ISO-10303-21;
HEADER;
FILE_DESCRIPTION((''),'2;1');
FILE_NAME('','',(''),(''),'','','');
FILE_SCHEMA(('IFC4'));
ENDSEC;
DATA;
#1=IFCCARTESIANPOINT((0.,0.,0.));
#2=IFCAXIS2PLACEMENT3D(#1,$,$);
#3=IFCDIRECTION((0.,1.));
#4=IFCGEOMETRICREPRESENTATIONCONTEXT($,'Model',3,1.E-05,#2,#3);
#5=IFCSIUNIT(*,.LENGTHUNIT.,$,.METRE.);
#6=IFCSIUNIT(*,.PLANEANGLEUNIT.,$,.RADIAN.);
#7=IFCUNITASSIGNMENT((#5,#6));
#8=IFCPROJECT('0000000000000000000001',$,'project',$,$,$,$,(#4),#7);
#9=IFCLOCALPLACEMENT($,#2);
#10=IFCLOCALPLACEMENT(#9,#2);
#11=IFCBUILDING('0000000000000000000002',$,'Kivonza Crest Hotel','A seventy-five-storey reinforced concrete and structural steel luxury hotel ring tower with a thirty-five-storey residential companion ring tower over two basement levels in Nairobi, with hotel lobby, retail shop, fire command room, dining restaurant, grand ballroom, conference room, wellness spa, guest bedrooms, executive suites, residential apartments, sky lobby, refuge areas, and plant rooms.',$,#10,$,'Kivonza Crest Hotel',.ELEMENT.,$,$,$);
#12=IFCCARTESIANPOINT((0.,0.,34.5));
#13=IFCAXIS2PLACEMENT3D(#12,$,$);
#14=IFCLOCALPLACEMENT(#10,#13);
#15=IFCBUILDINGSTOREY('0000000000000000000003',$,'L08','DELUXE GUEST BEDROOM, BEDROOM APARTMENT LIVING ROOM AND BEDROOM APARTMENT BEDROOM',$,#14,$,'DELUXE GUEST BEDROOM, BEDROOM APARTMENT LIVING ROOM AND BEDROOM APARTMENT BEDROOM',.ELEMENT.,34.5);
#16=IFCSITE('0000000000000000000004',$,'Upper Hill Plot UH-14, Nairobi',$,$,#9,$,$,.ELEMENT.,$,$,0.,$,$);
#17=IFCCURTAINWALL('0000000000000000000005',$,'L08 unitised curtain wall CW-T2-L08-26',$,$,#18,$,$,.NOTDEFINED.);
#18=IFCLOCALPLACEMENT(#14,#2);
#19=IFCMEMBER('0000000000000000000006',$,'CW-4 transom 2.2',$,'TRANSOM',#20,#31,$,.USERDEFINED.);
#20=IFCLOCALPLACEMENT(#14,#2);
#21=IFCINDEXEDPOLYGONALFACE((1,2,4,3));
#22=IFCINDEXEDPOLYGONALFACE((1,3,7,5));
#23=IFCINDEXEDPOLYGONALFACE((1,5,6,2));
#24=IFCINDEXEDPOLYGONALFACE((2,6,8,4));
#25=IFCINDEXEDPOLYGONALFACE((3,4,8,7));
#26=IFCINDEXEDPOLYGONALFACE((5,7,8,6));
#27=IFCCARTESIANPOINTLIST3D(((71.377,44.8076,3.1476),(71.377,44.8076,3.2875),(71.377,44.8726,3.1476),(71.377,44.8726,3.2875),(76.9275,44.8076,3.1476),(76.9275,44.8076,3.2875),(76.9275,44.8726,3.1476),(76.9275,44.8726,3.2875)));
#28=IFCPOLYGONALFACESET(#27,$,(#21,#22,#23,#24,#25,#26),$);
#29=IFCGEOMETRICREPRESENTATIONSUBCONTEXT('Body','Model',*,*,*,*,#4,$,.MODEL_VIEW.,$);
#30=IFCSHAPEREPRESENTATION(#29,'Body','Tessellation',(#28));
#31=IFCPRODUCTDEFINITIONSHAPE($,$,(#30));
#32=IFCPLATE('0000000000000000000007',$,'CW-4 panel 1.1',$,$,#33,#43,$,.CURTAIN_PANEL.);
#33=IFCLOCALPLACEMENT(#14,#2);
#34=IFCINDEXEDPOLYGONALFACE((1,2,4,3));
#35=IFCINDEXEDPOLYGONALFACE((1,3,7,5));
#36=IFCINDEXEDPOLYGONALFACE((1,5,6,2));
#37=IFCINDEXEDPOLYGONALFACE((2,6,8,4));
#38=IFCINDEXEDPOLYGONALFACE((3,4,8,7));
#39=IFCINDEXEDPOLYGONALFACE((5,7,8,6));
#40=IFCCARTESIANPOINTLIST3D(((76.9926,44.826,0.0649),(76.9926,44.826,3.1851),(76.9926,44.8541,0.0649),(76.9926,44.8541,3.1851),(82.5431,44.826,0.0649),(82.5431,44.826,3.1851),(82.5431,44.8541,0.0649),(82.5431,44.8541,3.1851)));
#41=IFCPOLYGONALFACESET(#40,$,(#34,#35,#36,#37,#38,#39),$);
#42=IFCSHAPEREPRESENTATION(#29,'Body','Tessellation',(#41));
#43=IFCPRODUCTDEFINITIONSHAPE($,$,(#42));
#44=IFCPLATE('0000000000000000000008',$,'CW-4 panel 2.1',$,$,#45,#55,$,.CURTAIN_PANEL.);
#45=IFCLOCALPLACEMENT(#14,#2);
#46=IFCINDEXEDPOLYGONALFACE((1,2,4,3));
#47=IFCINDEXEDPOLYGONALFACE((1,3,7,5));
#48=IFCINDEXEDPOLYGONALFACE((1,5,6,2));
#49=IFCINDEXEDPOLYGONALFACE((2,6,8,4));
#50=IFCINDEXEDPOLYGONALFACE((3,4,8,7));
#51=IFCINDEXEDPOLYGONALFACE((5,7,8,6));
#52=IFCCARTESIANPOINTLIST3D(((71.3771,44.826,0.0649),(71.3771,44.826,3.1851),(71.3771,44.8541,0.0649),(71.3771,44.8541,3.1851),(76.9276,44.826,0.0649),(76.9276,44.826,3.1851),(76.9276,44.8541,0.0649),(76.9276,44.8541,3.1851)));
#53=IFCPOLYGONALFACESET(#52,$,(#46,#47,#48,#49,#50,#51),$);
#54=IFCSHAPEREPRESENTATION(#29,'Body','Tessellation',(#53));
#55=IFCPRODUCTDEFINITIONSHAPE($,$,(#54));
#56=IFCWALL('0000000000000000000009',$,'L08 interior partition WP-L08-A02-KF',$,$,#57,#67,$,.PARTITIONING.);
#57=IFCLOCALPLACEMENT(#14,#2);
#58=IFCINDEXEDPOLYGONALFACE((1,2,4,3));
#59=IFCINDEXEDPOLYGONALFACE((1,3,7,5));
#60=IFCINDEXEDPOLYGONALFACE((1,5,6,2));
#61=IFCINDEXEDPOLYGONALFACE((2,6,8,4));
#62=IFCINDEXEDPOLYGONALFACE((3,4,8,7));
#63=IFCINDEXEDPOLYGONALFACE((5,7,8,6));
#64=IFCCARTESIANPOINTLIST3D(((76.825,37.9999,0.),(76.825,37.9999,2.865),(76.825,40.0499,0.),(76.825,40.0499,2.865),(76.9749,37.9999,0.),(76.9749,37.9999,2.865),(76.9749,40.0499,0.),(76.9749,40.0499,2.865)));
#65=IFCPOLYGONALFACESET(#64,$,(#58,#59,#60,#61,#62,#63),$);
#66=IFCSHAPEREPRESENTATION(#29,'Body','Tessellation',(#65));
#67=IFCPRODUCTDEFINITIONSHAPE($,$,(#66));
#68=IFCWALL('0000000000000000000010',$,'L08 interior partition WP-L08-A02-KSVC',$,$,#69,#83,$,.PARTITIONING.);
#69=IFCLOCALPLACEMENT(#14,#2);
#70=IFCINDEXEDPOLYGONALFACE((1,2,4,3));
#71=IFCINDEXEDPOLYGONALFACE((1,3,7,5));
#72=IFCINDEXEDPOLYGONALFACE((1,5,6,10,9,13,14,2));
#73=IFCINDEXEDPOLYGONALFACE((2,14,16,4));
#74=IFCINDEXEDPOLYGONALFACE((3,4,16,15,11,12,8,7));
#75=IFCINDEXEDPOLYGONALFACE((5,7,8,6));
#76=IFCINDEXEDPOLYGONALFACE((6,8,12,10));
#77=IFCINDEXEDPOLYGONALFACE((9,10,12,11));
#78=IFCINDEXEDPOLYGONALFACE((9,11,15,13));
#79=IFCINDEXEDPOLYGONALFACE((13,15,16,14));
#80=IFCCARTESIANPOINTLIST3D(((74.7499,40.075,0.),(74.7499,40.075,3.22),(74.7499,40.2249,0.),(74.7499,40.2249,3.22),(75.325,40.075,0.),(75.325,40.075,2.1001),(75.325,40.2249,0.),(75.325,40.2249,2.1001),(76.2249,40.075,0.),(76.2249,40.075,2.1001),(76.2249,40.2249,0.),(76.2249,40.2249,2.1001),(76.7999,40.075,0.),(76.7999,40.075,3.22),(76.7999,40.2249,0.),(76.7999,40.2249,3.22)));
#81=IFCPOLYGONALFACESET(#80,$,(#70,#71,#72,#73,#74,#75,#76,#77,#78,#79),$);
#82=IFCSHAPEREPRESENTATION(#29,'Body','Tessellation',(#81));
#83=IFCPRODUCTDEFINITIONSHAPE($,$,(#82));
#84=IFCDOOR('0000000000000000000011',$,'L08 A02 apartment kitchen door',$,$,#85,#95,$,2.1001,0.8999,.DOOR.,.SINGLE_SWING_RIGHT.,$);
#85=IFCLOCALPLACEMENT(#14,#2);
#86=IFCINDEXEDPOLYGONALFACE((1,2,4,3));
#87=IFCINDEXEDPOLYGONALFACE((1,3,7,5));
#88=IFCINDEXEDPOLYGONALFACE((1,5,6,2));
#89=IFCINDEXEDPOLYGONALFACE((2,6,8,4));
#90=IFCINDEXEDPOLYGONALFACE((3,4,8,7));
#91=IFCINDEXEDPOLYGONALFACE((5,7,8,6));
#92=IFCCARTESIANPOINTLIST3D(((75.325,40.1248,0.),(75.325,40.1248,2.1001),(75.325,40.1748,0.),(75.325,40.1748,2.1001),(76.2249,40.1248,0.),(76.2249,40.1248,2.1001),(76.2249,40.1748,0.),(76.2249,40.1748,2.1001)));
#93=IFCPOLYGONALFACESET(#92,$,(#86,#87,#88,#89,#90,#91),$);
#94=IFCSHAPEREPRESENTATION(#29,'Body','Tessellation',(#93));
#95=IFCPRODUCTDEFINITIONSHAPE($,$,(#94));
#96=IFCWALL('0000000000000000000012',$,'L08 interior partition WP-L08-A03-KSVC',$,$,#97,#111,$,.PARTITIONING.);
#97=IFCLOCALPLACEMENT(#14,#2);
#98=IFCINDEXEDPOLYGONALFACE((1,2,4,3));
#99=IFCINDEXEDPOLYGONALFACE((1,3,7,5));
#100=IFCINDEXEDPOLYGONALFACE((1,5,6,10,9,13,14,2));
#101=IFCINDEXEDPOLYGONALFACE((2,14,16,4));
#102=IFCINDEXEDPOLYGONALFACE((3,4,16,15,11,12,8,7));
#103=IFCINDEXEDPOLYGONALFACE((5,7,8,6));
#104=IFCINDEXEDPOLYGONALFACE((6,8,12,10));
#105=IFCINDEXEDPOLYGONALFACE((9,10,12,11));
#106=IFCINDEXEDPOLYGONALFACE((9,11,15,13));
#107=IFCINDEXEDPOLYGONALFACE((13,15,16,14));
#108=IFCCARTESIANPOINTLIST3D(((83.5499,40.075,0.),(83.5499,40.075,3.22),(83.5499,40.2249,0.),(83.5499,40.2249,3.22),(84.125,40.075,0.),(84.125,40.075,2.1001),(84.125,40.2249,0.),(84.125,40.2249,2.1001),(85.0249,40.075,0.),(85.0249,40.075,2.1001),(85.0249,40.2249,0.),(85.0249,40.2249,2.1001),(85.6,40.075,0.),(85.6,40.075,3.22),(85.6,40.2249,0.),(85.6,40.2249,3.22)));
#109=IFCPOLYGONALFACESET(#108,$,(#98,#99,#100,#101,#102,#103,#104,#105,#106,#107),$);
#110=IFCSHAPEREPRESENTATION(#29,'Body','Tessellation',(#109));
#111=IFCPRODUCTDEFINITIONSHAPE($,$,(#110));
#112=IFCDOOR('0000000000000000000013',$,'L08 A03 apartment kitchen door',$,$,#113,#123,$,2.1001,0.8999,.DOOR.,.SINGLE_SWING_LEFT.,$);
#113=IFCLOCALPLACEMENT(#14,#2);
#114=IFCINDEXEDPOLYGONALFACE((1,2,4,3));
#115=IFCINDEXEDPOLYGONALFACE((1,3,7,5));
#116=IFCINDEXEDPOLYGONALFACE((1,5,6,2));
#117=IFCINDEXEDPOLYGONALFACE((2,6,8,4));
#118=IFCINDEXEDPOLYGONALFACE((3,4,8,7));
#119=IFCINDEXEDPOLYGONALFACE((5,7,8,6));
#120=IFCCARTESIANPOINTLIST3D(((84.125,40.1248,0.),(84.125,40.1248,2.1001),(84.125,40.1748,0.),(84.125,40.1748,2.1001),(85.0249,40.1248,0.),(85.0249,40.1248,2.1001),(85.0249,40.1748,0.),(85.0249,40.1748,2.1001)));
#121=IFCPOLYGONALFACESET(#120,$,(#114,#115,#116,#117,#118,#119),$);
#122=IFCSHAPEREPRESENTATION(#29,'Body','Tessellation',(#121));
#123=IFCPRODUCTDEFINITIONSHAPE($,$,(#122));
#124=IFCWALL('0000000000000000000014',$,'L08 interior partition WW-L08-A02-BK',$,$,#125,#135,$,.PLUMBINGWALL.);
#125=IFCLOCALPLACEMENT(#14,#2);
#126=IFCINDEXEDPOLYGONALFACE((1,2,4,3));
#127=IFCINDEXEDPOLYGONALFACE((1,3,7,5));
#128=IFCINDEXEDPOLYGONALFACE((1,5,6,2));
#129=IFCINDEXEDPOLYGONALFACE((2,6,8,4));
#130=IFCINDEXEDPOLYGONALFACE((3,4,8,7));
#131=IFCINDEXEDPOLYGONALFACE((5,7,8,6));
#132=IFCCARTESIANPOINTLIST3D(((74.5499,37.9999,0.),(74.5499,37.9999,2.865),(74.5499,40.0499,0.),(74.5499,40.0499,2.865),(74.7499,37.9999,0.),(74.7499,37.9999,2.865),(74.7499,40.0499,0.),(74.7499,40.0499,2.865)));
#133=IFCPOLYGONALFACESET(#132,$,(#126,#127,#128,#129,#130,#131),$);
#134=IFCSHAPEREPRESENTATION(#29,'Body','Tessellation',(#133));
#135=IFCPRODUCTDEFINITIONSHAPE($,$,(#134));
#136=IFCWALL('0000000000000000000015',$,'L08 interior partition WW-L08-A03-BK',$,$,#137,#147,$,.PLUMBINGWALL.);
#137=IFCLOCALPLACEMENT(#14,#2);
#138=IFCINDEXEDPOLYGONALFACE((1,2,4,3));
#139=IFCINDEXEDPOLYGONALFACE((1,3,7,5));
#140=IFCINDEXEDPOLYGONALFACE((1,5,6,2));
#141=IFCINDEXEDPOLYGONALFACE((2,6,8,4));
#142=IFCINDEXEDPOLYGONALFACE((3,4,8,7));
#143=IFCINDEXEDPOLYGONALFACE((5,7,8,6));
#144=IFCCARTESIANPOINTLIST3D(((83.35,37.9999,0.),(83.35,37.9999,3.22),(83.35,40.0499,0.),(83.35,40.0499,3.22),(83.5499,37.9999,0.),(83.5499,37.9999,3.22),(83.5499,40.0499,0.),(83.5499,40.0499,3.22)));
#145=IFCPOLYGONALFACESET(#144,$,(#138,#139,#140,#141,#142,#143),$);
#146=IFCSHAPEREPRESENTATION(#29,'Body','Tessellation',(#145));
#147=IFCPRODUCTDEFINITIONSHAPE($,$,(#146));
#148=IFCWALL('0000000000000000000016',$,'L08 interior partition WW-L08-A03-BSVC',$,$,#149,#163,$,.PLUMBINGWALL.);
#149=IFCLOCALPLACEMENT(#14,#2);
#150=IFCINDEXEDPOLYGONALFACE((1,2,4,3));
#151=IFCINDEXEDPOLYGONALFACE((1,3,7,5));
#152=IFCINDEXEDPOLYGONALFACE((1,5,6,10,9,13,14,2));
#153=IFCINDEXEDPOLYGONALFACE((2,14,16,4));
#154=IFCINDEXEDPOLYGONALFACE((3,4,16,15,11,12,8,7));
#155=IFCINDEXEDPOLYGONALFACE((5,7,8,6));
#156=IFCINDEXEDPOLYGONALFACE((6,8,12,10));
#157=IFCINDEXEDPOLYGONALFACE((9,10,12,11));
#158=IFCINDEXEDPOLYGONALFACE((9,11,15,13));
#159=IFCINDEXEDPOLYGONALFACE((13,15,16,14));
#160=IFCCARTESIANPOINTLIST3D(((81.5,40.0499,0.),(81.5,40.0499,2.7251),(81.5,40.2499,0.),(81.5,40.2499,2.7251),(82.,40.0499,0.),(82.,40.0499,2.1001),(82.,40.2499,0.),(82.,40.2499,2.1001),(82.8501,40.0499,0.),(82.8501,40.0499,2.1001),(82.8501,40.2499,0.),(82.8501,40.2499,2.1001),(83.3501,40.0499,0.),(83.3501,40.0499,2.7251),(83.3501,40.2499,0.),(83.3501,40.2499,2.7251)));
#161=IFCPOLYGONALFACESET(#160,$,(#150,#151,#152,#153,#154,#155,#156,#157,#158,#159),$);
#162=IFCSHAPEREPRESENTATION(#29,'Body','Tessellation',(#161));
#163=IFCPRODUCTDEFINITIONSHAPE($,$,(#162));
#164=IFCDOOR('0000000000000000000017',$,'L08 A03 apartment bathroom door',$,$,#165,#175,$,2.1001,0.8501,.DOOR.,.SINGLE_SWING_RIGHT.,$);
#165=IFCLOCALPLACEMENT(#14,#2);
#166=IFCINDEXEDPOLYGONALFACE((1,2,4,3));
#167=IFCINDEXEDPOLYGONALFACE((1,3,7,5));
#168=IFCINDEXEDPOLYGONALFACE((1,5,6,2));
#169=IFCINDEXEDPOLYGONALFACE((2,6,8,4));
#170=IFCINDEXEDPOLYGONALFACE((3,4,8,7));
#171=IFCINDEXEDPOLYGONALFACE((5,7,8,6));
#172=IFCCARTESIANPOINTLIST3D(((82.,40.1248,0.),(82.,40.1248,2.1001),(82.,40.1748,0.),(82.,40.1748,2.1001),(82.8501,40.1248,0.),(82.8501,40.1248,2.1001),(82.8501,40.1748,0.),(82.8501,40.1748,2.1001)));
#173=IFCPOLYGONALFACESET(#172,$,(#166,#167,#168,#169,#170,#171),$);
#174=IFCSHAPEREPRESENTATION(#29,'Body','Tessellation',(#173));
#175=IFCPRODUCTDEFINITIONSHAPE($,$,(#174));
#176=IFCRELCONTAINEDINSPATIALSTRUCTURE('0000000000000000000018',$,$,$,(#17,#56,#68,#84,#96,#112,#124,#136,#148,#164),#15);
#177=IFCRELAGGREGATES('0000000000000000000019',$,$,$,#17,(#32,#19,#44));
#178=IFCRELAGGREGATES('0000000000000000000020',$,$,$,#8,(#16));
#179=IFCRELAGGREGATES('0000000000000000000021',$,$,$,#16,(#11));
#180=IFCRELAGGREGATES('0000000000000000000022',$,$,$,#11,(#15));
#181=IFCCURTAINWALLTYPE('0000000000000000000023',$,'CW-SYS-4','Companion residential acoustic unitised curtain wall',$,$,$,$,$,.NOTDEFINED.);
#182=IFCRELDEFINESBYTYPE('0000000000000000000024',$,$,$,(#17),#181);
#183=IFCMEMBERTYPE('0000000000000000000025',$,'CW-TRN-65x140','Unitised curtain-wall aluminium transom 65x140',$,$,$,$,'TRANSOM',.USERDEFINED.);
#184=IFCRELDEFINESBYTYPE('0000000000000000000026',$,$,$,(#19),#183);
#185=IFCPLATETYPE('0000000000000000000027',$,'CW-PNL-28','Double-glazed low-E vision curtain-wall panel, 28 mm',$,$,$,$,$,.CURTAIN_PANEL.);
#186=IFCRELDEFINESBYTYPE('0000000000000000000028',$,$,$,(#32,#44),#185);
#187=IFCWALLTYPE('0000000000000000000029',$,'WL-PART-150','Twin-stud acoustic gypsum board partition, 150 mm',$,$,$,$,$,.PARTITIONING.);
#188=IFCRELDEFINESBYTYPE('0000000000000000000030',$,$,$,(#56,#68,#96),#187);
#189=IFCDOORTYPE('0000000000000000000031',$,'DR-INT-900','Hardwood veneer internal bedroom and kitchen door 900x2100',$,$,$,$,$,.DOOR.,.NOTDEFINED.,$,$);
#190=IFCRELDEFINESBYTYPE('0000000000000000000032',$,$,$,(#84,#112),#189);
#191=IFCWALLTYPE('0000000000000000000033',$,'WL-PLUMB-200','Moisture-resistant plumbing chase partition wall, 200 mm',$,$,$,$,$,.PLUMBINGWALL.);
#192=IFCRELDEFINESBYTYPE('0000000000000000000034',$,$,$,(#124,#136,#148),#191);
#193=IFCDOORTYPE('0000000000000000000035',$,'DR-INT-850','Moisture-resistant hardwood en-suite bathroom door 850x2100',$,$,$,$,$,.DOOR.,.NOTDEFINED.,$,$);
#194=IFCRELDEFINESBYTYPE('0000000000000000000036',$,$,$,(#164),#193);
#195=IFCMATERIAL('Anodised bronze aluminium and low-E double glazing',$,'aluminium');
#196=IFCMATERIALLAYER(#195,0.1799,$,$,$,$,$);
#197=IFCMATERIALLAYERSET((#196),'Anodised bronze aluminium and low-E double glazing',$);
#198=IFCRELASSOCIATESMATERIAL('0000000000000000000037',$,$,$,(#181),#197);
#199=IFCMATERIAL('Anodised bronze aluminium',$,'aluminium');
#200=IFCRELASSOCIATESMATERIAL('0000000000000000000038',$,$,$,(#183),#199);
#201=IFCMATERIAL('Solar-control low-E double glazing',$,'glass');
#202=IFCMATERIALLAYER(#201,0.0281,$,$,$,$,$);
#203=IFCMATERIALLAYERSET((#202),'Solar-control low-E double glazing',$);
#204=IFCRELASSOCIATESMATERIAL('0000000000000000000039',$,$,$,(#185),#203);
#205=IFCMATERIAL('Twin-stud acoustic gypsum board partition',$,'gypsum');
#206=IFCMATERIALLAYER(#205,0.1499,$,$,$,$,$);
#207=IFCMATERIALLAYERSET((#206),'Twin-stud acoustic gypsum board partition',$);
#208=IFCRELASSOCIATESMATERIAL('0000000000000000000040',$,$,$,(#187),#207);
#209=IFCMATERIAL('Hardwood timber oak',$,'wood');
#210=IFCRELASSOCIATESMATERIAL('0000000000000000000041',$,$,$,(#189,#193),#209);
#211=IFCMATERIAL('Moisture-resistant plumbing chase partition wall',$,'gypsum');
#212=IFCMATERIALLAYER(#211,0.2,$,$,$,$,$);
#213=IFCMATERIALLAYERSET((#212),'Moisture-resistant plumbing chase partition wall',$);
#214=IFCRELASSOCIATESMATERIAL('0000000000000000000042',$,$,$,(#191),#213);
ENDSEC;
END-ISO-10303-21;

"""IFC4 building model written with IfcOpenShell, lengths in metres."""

from ifc_helpers import new_model, si_unit, direction, frame, frame_2d, origin, origin_2d, place, context, subcontext, project, spatial, rectangle, extrude, material, layer, layer_set, material_profile, profile_set, type_object, element, fill, aggregate, save


model = new_model("IFC4")

# Units and contexts
model_context = context("Model", 3, precision=1e-05, world=origin(), true_north=direction((0.0, 1.0)))
body_context = subcontext(model_context, "Body", "Model", "MODEL_VIEW")
ifc_project = project(units=[si_unit("LENGTHUNIT", "METRE"), si_unit("PLANEANGLEUNIT", "RADIAN")], contexts=[model_context])

# Site, building, storey
site_placement = place(None, origin())
site = spatial("IfcSite", under=ifc_project, at=site_placement, Name="Upper Hill Plot UH-14, Nairobi", CompositionType="ELEMENT", RefElevation=0.0)
building_placement = place(site_placement, origin())
building = spatial("IfcBuilding", under=site, at=building_placement, Name="Kivonza Crest Hotel", Description="A seventy-five-storey reinforced concrete and structural steel luxury hotel ring tower with a thirty-five-storey residential companion ring tower over two basement levels in Nairobi, with hotel lobby, retail shop, fire command room, dining restaurant, grand ballroom, conference room, wellness spa, guest bedrooms, executive suites, residential apartments, sky lobby, refuge areas, and plant rooms.", LongName="Kivonza Crest Hotel", CompositionType="ELEMENT")
storey_placement = place(building_placement, frame((0.0, 0.0, 34.5)))
storey = spatial("IfcBuildingStorey", under=building, at=storey_placement, Name="L08", Description="DELUXE GUEST BEDROOM, BEDROOM APARTMENT LIVING ROOM AND BEDROOM APARTMENT BEDROOM", LongName="DELUXE GUEST BEDROOM, BEDROOM APARTMENT LIVING ROOM AND BEDROOM APARTMENT BEDROOM", CompositionType="ELEMENT", Elevation=34.5)

# Curtain wall, member, plates
ifc_material_1 = material(Name="Anodised bronze aluminium and low-E double glazing", Category="aluminium")
ifc_layer_1 = layer(ifc_material_1, 0.1799)
ifc_layer_set_1 = layer_set([ifc_layer_1], Name="Anodised bronze aluminium and low-E double glazing")
curtain_wall_type = type_object("IfcCurtainWallType", Name="CW-SYS-4", Description="Companion residential acoustic unitised curtain wall", PredefinedType="NOTDEFINED", material=ifc_layer_set_1)
curtain_wall_placement = place(storey_placement, origin())
curtain_wall = element("IfcCurtainWall", 1, at=curtain_wall_placement, inside=storey, type_object=curtain_wall_type, Name="L08 unitised curtain wall CW-T2-L08-26", PredefinedType="NOTDEFINED")
ifc_material_2 = material(Name="Anodised bronze aluminium", Category="aluminium")
ifc_material_profile_1 = material_profile(ifc_material_2, rectangle(XDim=0.0649, YDim=0.1399, at=origin_2d()), Name="CW-T 65x140")
ifc_profile_set_1 = profile_set([ifc_material_profile_1], Name="Anodised bronze aluminium")
member_type_1 = type_object("IfcMemberType", Name="CW-TRN-65x140", Description="Unitised curtain-wall aluminium transom 65x140", ElementType="TRANSOM", PredefinedType="USERDEFINED", material=ifc_profile_set_1)
member_1_placement = place(storey_placement, frame((76.9275, 44.8401, 3.2175), z_axis=(-1.0, 0.0, 0.0), x_axis=(0.0, -1.0, 0.0)))
member_1 = element("IfcMember", 2, at=member_1_placement, type_object=member_type_1, Name="CW-4 transom 2.2", ObjectType="TRANSOM", PredefinedType="USERDEFINED", context=body_context, shape_type="SweptSolid", body=[
    extrude(rectangle(XDim=0.0649, YDim=0.1399, at=origin_2d()), origin(), (0.0, 0.0, 1.0), 5.5505),
])
ifc_material_3 = material(Name="Solar-control low-E double glazing", Category="glass")
ifc_layer_2 = layer(ifc_material_3, 0.0281)
ifc_layer_set_2 = layer_set([ifc_layer_2], Name="Solar-control low-E double glazing")
plate_type = type_object("IfcPlateType", Name="CW-PNL-28", Description="Double-glazed low-E vision curtain-wall panel, 28 mm", PredefinedType="CURTAIN_PANEL", material=ifc_layer_set_2)
plate_1_placement = place(storey_placement, frame((79.7678, 44.8401, 0.0649), z_axis=(0.0, 0.0, 1.0), x_axis=(-1.0, 0.0, 0.0)))
plate_1 = element("IfcPlate", 3, at=plate_1_placement, type_object=plate_type, Name="CW-4 panel 1.1", PredefinedType="CURTAIN_PANEL", context=body_context, shape_type="SweptSolid", body=[
    extrude(rectangle(XDim=5.5505, YDim=0.0281, at=origin_2d()), origin(), (0.0, 0.0, 1.0), 3.1201),
])
plate_2_placement = place(storey_placement, frame((74.1523, 44.8401, 0.0649), z_axis=(0.0, 0.0, 1.0), x_axis=(-1.0, 0.0, 0.0)))
plate_2 = element("IfcPlate", 4, at=plate_2_placement, type_object=plate_type, Name="CW-4 panel 2.1", PredefinedType="CURTAIN_PANEL", context=body_context, shape_type="SweptSolid", body=[
    extrude(rectangle(XDim=5.5505, YDim=0.0281, at=origin_2d()), origin(), (0.0, 0.0, 1.0), 3.1201),
])
aggregate(curtain_wall, [plate_1, member_1, plate_2])

# Wall
ifc_material_4 = material(Name="Twin-stud acoustic gypsum board partition", Category="gypsum")
ifc_layer_3 = layer(ifc_material_4, 0.1499)
ifc_layer_set_3 = layer_set([ifc_layer_3], Name="Twin-stud acoustic gypsum board partition")
wall_type_1 = type_object("IfcWallType", Name="WL-PART-150", Description="Twin-stud acoustic gypsum board partition, 150 mm", PredefinedType="PARTITIONING", material=ifc_layer_set_3)
wall_1_placement = place(storey_placement, frame((76.8999, 38.0, 0.0), z_axis=(0.0, 0.0, 1.0), x_axis=(0.0, 1.0, 0.0)))
element("IfcWall", 5, at=wall_1_placement, inside=storey, type_object=wall_type_1, Name="L08 interior partition WP-L08-A02-KF", PredefinedType="PARTITIONING", context=body_context, shape_type="SweptSolid", body=[
    extrude(rectangle(XDim=2.05, YDim=0.1499, at=frame_2d((1.0249, 0.0))), origin(), (0.0, 0.0, 1.0), 2.865),
])

# Walls, openings, doors
wall_2_placement = place(storey_placement, frame((74.75, 40.1499, 0.0), z_axis=(0.0, 0.0, 1.0), x_axis=(1.0, 0.0, 0.0)))
wall_2 = element("IfcWall", 6, at=wall_2_placement, inside=storey, type_object=wall_type_1, Name="L08 interior partition WP-L08-A02-KSVC", PredefinedType="PARTITIONING", context=body_context, shape_type="SweptSolid", body=[
    extrude(rectangle(XDim=2.05, YDim=0.1499, at=frame_2d((1.0249, 0.0))), origin(), (0.0, 0.0, 1.0), 3.22),
])
opening_1_placement = place(wall_2_placement, frame((0.575, 0.0, 0.0)))
opening_1 = element("IfcOpeningElement", 7, at=opening_1_placement, cuts=wall_2, PredefinedType="OPENING", context=body_context, shape_type="SweptSolid", body=[
    extrude(rectangle(XDim=0.8999, YDim=2.1001, at=frame_2d((0.45, 1.05))), frame((0.0, 0.085, 0.0), z_axis=(0.0, -1.0, 0.0), x_axis=(1.0, 0.0, 0.0)), (0.0, 0.0, 1.0), 0.1699),
])
ifc_material_5 = material(Name="Hardwood timber oak", Category="wood")
door_type_1 = type_object("IfcDoorType", Name="DR-INT-900", Description="Hardwood veneer internal bedroom and kitchen door 900x2100", OperationType="NOTDEFINED", PredefinedType="DOOR", material=ifc_material_5)
door_1_placement = place(opening_1_placement, origin())
door_1 = element("IfcDoor", 8, at=door_1_placement, inside=storey, type_object=door_type_1, Name="L08 A02 apartment kitchen door", OperationType="SINGLE_SWING_RIGHT", OverallHeight=2.1001, OverallWidth=0.8999, PredefinedType="DOOR", context=body_context, shape_type="SweptSolid", body=[
    extrude(rectangle(XDim=0.8999, YDim=2.1001, at=frame_2d((0.45, 1.05))), frame((0.0, 0.0249, 0.0), z_axis=(0.0, -1.0, 0.0), x_axis=(1.0, 0.0, 0.0)), (0.0, 0.0, 1.0), 0.05),
])
fill(opening_1, door_1)
wall_3_placement = place(storey_placement, frame((83.55, 40.1499, 0.0), z_axis=(0.0, 0.0, 1.0), x_axis=(1.0, 0.0, 0.0)))
wall_3 = element("IfcWall", 9, at=wall_3_placement, inside=storey, type_object=wall_type_1, Name="L08 interior partition WP-L08-A03-KSVC", PredefinedType="PARTITIONING", context=body_context, shape_type="SweptSolid", body=[
    extrude(rectangle(XDim=2.05, YDim=0.1499, at=frame_2d((1.0249, 0.0))), origin(), (0.0, 0.0, 1.0), 3.22),
])
opening_2_placement = place(wall_3_placement, frame((0.575, 0.0, 0.0)))
opening_2 = element("IfcOpeningElement", 10, at=opening_2_placement, cuts=wall_3, PredefinedType="OPENING", context=body_context, shape_type="SweptSolid", body=[
    extrude(rectangle(XDim=0.8999, YDim=2.1001, at=frame_2d((0.45, 1.05))), frame((0.0, 0.085, 0.0), z_axis=(0.0, -1.0, 0.0), x_axis=(1.0, 0.0, 0.0)), (0.0, 0.0, 1.0), 0.1699),
])
door_2_placement = place(opening_2_placement, origin())
door_2 = element("IfcDoor", 11, at=door_2_placement, inside=storey, type_object=door_type_1, Name="L08 A03 apartment kitchen door", OperationType="SINGLE_SWING_LEFT", OverallHeight=2.1001, OverallWidth=0.8999, PredefinedType="DOOR", context=body_context, shape_type="SweptSolid", body=[
    extrude(rectangle(XDim=0.8999, YDim=2.1001, at=frame_2d((0.45, 1.05))), frame((0.0, 0.0249, 0.0), z_axis=(0.0, -1.0, 0.0), x_axis=(1.0, 0.0, 0.0)), (0.0, 0.0, 1.0), 0.05),
])
fill(opening_2, door_2)

# Walls
ifc_material_6 = material(Name="Moisture-resistant plumbing chase partition wall", Category="gypsum")
ifc_layer_4 = layer(ifc_material_6, 0.2)
ifc_layer_set_4 = layer_set([ifc_layer_4], Name="Moisture-resistant plumbing chase partition wall")
wall_type_2 = type_object("IfcWallType", Name="WL-PLUMB-200", Description="Moisture-resistant plumbing chase partition wall, 200 mm", PredefinedType="PLUMBINGWALL", material=ifc_layer_set_4)
wall_4_placement = place(storey_placement, frame((74.6499, 38.0, 0.0), z_axis=(0.0, 0.0, 1.0), x_axis=(0.0, 1.0, 0.0)))
element("IfcWall", 12, at=wall_4_placement, inside=storey, type_object=wall_type_2, Name="L08 interior partition WW-L08-A02-BK", PredefinedType="PLUMBINGWALL", context=body_context, shape_type="SweptSolid", body=[
    extrude(rectangle(XDim=2.05, YDim=0.2, at=frame_2d((1.0249, 0.0))), origin(), (0.0, 0.0, 1.0), 2.865),
])
wall_5_placement = place(storey_placement, frame((83.45, 38.0, 0.0), z_axis=(0.0, 0.0, 1.0), x_axis=(0.0, 1.0, 0.0)))
element("IfcWall", 13, at=wall_5_placement, inside=storey, type_object=wall_type_2, Name="L08 interior partition WW-L08-A03-BK", PredefinedType="PLUMBINGWALL", context=body_context, shape_type="SweptSolid", body=[
    extrude(rectangle(XDim=2.05, YDim=0.2, at=frame_2d((1.0249, 0.0))), origin(), (0.0, 0.0, 1.0), 3.22),
])

# Wall, opening, door
wall_6_placement = place(storey_placement, frame((81.5, 40.1499, 0.0), z_axis=(0.0, 0.0, 1.0), x_axis=(1.0, 0.0, 0.0)))
wall_6 = element("IfcWall", 14, at=wall_6_placement, inside=storey, type_object=wall_type_2, Name="L08 interior partition WW-L08-A03-BSVC", PredefinedType="PLUMBINGWALL", context=body_context, shape_type="SweptSolid", body=[
    extrude(rectangle(XDim=1.8501, YDim=0.2, at=frame_2d((0.925, 0.0))), origin(), (0.0, 0.0, 1.0), 2.7251),
])
opening_3_placement = place(wall_6_placement, frame((0.5, 0.0, 0.0)))
opening_3 = element("IfcOpeningElement", 15, at=opening_3_placement, cuts=wall_6, PredefinedType="OPENING", context=body_context, shape_type="SweptSolid", body=[
    extrude(rectangle(XDim=0.8501, YDim=2.1001, at=frame_2d((0.425, 1.05))), frame((0.0, 0.1099, 0.0), z_axis=(0.0, -1.0, 0.0), x_axis=(1.0, 0.0, 0.0)), (0.0, 0.0, 1.0), 0.22),
])
door_type_2 = type_object("IfcDoorType", Name="DR-INT-850", Description="Moisture-resistant hardwood en-suite bathroom door 850x2100", OperationType="NOTDEFINED", PredefinedType="DOOR", material=ifc_material_5)
door_3_placement = place(opening_3_placement, origin())
door_3 = element("IfcDoor", 16, at=door_3_placement, inside=storey, type_object=door_type_2, Name="L08 A03 apartment bathroom door", OperationType="SINGLE_SWING_RIGHT", OverallHeight=2.1001, OverallWidth=0.8501, PredefinedType="DOOR", context=body_context, shape_type="SweptSolid", body=[
    extrude(rectangle(XDim=0.8501, YDim=2.1001, at=frame_2d((0.425, 1.05))), frame((0.0, 0.0249, 0.0), z_axis=(0.0, -1.0, 0.0), x_axis=(1.0, 0.0, 0.0)), (0.0, 0.0, 1.0), 0.05),
])
fill(opening_3, door_3)

save(model, "model.ifc")
